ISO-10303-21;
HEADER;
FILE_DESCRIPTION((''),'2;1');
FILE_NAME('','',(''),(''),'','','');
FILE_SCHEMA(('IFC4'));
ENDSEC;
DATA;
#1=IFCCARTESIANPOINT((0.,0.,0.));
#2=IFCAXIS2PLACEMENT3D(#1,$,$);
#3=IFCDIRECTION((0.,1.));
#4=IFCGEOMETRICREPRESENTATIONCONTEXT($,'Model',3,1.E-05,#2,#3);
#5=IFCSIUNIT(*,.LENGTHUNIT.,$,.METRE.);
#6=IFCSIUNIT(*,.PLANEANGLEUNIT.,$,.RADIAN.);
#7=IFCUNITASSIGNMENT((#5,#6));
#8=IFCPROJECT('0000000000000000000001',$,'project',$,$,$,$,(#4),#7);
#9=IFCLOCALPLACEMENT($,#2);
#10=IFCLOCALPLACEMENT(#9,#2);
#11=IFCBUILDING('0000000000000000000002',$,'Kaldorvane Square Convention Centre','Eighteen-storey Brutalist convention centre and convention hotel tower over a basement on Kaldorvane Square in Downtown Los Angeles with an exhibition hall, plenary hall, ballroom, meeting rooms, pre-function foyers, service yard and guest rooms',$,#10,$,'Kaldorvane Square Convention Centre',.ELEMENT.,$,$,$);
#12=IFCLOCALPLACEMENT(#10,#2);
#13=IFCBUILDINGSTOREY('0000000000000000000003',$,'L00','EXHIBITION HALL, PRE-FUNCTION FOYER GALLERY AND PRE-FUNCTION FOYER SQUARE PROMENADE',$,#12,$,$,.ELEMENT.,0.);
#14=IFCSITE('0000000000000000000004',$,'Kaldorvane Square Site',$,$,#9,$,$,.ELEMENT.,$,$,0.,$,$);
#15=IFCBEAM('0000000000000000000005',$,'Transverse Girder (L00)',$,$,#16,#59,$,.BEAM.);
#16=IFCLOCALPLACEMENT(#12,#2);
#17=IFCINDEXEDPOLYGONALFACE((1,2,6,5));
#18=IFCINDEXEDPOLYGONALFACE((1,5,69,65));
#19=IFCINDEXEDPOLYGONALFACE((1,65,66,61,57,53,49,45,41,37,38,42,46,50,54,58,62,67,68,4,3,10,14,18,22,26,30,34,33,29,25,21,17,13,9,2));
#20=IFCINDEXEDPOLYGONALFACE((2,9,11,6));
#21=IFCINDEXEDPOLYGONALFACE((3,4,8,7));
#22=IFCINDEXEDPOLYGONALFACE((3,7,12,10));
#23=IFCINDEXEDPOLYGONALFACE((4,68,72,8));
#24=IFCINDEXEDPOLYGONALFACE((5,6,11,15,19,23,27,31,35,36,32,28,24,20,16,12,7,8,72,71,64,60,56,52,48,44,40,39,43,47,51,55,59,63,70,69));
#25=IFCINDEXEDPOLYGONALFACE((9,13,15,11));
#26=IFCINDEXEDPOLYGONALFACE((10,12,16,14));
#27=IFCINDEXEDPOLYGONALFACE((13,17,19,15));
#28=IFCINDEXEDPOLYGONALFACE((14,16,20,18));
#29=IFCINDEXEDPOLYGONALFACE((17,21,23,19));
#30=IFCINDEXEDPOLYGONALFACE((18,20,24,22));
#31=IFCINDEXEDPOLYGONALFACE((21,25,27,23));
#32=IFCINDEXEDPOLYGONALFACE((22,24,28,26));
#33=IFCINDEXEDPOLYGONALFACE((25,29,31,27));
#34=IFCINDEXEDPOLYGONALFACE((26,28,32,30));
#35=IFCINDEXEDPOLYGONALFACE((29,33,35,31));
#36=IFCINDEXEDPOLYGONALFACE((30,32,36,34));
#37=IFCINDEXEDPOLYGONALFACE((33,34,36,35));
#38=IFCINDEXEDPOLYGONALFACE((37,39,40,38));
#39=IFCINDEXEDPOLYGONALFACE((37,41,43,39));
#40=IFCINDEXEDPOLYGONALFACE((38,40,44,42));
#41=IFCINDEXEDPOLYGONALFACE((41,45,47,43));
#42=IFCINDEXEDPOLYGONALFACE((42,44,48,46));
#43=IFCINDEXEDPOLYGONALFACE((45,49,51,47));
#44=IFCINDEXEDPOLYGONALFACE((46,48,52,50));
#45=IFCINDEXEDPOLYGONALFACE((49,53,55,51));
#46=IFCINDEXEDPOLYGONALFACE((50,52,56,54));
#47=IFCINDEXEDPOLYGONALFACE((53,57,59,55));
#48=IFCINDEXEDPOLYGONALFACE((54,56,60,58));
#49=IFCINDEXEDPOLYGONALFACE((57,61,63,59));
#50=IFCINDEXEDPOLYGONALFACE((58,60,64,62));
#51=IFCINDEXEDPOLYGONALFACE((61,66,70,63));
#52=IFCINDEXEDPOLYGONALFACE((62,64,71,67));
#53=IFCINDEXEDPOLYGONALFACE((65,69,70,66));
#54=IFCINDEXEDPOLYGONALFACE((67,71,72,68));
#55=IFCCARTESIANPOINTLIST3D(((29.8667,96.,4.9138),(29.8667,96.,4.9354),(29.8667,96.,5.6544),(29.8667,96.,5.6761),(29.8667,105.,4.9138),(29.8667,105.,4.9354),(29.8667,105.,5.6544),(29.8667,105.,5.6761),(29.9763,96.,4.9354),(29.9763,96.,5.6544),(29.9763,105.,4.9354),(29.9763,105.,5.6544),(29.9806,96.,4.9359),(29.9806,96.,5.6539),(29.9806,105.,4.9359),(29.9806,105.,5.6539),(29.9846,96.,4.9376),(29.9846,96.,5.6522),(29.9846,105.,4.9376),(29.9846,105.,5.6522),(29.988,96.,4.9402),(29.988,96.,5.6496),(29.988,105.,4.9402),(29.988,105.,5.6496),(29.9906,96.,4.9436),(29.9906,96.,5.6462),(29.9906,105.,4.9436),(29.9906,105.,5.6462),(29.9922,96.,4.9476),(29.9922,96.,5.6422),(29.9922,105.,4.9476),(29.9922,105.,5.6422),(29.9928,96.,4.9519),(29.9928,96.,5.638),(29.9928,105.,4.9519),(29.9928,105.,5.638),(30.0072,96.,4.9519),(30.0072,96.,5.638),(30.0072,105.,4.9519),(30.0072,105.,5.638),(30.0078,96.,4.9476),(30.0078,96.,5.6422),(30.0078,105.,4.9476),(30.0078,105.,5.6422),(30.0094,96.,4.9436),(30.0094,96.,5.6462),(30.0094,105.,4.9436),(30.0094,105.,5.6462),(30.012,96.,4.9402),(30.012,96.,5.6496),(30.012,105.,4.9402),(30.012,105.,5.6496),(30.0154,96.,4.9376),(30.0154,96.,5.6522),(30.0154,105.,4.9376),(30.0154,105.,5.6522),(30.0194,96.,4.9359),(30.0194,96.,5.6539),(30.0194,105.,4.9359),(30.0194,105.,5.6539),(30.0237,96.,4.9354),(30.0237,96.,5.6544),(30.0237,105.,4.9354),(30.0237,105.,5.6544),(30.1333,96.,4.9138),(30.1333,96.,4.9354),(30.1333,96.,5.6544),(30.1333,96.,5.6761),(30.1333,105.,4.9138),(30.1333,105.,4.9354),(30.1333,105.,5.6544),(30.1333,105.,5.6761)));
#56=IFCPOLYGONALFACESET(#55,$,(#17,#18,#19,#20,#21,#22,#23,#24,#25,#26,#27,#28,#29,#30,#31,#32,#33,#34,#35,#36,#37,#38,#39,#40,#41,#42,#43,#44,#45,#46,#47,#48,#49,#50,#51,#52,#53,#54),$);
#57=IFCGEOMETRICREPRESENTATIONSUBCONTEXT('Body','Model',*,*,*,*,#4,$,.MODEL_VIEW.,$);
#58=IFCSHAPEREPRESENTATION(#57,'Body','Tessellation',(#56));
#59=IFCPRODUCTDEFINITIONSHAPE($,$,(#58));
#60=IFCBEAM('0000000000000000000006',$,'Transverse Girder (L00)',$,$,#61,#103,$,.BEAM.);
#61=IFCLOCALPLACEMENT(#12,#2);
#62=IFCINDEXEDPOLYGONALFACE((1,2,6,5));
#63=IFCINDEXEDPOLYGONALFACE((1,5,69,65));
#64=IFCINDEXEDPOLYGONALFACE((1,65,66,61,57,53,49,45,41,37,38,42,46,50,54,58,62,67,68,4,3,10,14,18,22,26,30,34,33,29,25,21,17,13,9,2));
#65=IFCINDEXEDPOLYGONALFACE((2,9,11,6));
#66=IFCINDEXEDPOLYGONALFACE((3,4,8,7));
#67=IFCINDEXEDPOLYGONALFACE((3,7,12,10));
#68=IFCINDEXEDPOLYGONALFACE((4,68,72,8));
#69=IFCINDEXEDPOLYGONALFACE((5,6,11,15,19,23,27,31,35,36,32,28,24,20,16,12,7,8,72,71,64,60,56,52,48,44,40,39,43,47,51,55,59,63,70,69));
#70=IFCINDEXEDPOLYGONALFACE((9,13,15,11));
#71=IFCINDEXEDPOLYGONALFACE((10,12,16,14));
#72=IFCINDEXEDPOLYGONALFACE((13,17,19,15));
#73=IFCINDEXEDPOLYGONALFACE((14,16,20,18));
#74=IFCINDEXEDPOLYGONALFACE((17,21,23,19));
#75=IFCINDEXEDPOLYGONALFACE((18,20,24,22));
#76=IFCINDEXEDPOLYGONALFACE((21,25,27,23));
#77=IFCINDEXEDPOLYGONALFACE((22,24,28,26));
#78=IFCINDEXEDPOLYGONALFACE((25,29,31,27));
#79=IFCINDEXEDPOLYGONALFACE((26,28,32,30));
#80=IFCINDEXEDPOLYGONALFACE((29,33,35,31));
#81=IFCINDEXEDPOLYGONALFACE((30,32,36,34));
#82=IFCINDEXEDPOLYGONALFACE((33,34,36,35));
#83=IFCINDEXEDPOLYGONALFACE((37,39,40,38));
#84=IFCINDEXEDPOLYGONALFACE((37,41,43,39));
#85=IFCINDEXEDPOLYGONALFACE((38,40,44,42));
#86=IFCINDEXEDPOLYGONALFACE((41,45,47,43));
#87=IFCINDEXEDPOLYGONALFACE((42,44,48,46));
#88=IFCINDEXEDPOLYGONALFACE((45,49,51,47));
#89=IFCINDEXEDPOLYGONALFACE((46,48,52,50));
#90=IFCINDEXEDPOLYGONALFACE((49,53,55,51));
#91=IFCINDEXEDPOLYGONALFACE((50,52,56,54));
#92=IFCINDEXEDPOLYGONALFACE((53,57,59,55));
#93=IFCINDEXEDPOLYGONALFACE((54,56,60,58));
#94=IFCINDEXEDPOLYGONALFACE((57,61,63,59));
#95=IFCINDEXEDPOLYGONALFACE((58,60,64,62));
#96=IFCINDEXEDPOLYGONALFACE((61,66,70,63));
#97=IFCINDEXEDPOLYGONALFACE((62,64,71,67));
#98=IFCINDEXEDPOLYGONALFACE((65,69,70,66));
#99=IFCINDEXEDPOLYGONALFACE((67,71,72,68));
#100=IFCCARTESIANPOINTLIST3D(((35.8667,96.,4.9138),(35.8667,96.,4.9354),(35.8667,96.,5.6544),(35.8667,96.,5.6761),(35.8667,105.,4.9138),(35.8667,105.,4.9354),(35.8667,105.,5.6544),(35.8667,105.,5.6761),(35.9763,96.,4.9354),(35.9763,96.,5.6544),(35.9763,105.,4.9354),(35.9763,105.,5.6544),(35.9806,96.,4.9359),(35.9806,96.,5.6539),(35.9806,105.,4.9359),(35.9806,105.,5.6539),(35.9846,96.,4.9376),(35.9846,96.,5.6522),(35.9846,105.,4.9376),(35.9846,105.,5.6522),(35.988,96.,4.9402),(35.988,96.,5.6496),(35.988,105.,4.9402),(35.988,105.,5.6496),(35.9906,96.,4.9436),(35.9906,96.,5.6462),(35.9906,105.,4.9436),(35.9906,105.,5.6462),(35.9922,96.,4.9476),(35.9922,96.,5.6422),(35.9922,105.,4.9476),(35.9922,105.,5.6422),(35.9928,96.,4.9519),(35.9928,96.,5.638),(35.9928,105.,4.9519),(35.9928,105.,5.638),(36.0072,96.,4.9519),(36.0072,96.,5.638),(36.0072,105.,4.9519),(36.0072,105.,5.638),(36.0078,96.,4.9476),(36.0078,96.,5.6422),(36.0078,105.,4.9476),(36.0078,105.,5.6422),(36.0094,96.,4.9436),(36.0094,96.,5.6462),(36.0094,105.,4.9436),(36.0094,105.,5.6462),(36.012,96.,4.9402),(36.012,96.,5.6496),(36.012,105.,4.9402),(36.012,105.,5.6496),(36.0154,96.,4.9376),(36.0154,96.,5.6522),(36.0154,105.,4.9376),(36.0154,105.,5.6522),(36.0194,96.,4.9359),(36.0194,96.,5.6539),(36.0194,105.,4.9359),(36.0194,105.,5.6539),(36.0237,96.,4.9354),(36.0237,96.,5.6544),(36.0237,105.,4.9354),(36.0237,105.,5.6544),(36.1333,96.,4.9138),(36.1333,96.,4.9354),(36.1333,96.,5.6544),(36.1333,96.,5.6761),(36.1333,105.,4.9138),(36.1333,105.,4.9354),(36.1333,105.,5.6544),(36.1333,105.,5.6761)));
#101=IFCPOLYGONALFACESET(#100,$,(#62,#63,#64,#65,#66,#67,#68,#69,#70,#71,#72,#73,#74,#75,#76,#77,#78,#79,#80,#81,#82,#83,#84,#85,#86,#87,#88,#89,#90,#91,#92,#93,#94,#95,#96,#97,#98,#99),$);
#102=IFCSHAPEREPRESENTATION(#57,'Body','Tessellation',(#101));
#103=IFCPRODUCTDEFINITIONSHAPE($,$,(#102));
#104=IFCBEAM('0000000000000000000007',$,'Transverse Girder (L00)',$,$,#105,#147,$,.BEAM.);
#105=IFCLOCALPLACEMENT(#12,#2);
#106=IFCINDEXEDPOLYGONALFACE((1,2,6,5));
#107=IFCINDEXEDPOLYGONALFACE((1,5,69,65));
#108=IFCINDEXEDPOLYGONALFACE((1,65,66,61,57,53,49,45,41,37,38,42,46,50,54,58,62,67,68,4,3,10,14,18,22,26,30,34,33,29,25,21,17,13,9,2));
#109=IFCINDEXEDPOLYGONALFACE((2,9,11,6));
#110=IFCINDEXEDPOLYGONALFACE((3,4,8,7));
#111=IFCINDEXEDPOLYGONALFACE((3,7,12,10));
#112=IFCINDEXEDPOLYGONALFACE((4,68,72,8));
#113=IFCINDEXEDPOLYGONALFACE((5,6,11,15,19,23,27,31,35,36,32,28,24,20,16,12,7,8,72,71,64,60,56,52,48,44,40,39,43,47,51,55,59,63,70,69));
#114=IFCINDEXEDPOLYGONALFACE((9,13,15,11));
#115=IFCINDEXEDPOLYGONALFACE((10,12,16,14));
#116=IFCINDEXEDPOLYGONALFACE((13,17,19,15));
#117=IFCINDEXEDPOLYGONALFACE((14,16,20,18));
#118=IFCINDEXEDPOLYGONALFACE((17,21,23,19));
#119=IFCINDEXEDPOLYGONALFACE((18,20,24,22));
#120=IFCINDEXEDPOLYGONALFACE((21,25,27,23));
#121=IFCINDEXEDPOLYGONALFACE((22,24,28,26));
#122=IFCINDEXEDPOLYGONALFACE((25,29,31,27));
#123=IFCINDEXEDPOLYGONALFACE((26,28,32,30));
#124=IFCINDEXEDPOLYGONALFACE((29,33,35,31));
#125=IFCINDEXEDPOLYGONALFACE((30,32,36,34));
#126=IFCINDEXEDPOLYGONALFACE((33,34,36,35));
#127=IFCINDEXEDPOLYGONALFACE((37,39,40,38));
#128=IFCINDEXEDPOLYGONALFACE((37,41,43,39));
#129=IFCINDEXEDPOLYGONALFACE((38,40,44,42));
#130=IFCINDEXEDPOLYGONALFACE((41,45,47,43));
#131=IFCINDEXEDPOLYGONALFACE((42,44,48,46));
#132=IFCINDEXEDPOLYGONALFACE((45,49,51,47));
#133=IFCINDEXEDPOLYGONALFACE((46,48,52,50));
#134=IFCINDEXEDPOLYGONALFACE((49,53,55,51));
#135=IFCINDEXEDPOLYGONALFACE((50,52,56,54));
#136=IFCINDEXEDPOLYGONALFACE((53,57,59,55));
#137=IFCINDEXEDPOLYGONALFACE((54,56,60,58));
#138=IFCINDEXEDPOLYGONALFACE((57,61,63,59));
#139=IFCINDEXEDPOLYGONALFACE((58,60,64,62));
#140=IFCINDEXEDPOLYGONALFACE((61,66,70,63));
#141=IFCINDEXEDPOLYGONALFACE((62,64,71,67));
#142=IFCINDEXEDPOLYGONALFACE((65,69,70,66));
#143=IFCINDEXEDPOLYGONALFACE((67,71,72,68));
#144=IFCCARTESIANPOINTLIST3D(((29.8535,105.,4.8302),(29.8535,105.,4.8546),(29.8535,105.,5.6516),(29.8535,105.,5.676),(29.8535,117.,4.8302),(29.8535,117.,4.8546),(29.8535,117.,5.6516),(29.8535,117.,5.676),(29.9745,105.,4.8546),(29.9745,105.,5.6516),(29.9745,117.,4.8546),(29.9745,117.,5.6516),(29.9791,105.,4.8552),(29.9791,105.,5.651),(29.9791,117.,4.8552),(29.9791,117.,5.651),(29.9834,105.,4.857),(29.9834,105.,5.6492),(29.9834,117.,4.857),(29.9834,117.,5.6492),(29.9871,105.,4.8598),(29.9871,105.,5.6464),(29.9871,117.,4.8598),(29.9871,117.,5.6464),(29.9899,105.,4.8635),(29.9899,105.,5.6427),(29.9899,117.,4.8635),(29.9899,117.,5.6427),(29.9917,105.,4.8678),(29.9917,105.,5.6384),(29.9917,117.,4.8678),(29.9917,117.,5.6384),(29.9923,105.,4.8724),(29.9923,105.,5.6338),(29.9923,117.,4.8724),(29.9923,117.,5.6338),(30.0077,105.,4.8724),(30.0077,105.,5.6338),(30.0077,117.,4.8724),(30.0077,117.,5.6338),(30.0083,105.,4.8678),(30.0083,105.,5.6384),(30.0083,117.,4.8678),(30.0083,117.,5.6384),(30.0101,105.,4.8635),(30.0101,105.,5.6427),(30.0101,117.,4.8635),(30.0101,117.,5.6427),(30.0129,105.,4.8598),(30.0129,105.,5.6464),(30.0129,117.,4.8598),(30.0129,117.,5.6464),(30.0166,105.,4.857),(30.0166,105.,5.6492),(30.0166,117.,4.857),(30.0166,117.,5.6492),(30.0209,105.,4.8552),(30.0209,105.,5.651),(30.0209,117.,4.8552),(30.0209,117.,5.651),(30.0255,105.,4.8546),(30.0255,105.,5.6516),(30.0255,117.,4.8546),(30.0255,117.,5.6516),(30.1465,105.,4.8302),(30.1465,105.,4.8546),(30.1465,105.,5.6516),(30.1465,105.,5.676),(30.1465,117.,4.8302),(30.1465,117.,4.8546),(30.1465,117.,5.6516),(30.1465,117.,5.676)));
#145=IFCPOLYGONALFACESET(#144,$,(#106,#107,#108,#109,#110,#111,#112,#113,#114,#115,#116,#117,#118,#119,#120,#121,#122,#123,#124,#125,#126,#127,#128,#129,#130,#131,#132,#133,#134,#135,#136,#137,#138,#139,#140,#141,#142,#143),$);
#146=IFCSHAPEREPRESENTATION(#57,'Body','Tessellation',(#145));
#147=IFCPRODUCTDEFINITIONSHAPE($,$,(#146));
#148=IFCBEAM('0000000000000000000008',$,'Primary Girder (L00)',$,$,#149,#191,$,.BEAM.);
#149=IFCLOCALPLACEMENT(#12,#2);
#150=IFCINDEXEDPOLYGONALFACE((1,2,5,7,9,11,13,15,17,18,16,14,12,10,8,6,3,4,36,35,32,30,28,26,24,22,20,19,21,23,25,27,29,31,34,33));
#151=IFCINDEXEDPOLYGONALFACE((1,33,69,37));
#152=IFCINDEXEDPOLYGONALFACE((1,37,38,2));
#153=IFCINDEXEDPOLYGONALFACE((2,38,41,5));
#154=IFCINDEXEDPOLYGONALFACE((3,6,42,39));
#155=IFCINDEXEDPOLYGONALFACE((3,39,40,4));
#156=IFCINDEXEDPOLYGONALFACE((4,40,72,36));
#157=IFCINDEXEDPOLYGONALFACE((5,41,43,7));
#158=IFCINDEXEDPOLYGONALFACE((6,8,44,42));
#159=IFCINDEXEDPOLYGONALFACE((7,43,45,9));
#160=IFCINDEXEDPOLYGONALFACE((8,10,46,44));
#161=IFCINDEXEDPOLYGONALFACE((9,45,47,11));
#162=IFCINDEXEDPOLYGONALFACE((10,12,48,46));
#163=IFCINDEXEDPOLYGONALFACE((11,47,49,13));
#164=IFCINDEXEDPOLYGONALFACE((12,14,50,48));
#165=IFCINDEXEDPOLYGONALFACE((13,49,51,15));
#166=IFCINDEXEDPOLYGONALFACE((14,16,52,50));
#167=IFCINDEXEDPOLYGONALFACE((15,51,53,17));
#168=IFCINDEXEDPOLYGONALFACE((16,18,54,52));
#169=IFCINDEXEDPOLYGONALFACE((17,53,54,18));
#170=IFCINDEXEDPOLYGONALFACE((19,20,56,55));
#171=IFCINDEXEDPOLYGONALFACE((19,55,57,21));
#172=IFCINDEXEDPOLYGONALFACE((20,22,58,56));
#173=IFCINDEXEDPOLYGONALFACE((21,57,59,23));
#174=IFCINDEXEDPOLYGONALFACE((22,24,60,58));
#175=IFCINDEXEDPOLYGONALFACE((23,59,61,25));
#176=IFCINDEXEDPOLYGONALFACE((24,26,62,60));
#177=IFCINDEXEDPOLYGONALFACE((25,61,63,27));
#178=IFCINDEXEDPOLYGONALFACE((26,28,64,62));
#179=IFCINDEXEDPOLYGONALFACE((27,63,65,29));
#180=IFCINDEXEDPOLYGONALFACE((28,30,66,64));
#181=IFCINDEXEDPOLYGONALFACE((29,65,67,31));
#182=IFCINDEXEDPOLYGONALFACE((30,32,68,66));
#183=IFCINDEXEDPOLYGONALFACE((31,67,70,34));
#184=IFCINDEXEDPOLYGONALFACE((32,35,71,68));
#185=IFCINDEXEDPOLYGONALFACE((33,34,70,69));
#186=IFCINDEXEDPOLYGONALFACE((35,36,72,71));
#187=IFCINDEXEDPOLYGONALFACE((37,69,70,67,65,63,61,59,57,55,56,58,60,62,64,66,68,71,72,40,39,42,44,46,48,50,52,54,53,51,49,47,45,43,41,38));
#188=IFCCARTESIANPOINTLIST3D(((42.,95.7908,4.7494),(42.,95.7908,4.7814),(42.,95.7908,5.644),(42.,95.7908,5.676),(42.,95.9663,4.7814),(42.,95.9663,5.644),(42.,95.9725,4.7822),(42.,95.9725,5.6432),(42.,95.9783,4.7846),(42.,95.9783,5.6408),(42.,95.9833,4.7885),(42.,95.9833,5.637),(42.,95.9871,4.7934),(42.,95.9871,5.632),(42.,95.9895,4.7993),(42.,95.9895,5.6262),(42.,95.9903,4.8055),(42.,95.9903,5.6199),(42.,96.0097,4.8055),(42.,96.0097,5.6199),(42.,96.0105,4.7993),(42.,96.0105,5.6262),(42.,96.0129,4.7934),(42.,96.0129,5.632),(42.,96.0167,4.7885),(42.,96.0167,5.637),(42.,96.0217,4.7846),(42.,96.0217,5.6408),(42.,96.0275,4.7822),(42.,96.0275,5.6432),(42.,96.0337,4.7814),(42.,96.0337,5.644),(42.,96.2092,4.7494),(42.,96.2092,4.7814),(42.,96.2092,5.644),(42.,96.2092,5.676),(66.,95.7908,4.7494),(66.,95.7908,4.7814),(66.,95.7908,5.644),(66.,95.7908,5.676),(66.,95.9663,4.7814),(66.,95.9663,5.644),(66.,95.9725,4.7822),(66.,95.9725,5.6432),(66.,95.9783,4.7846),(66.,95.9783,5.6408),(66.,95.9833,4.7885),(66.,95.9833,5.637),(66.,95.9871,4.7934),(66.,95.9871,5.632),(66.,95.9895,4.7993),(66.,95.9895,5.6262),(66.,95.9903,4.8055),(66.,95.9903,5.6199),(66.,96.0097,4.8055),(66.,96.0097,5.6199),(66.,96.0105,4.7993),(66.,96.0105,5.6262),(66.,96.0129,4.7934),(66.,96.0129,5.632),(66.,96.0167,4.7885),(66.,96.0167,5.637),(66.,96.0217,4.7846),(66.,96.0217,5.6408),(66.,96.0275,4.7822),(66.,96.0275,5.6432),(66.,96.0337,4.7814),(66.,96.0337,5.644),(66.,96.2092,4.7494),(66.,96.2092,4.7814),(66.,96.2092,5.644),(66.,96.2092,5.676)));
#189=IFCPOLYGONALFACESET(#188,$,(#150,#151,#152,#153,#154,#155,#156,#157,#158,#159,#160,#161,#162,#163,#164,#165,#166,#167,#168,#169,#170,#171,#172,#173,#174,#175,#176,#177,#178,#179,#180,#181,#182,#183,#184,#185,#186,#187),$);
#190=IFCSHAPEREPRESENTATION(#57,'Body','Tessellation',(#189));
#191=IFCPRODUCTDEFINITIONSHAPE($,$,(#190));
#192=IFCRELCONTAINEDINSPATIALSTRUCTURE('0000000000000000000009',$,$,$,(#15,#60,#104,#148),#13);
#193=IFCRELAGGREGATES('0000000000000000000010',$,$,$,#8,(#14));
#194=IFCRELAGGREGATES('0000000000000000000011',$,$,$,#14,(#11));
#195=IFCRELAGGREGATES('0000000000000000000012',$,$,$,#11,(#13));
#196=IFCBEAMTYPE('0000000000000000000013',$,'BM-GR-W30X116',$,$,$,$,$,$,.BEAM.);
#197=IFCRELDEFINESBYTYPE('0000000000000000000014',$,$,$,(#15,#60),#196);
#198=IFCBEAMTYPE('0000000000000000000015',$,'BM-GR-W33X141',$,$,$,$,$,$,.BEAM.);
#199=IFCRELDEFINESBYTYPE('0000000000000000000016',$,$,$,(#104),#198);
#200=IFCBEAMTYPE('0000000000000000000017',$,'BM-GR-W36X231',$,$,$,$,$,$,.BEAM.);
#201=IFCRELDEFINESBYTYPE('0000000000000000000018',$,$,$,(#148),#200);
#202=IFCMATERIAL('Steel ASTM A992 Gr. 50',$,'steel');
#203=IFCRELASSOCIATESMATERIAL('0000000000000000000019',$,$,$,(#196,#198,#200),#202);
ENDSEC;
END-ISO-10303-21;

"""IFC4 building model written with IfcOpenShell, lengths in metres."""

from ifc_helpers import new_model, si_unit, direction, frame, origin, origin_2d, place, context, subcontext, project, spatial, i_section, extrude, material, material_profile, profile_set, type_object, element, save


model = new_model("IFC4")

# Units and contexts
model_context = context("Model", 3, precision=1e-05, world=origin(), true_north=direction((0.0, 1.0)))
body_context = subcontext(model_context, "Body", "Model", "MODEL_VIEW")
ifc_project = project(units=[si_unit("LENGTHUNIT", "METRE"), si_unit("PLANEANGLEUNIT", "RADIAN")], contexts=[model_context])

# Site, building, storey
site_placement = place(None, origin())
site = spatial("IfcSite", under=ifc_project, at=site_placement, Name="Kaldorvane Square Site", CompositionType="ELEMENT", RefElevation=0.0)
building_placement = place(site_placement, origin())
building = spatial("IfcBuilding", under=site, at=building_placement, Name="Kaldorvane Square Convention Centre", Description="Eighteen-storey Brutalist convention centre and convention hotel tower over a basement on Kaldorvane Square in Downtown Los Angeles with an exhibition hall, plenary hall, ballroom, meeting rooms, pre-function foyers, service yard and guest rooms", LongName="Kaldorvane Square Convention Centre", CompositionType="ELEMENT")
storey_placement = place(building_placement, origin())
storey = spatial("IfcBuildingStorey", under=building, at=storey_placement, Name="L00", Description="EXHIBITION HALL, PRE-FUNCTION FOYER GALLERY AND PRE-FUNCTION FOYER SQUARE PROMENADE", CompositionType="ELEMENT", Elevation=0.0)

# Shared definitions
ifc_material_1 = material(Name="Steel ASTM A992 Gr. 50", Category="steel")

# Beams
ifc_material_profile_1 = material_profile(ifc_material_1, i_section(OverallWidth=0.2666, OverallDepth=0.7623, WebThickness=0.0144, FlangeThickness=0.0216, FilletRadius=0.0165, at=origin_2d()), Name="W30X116")
ifc_profile_set_1 = profile_set([ifc_material_profile_1], Name="Steel ASTM A992 Gr. 50")
beam_type_1 = type_object("IfcBeamType", Name="BM-GR-W30X116", PredefinedType="BEAM", material=ifc_profile_set_1)
for number, where, z_axis, x_axis, name in (
    (1, (30.0, 96.0, 5.2949), (0.0, 1.0, 0.0), (-1.0, 0.0, 0.0), "Transverse Girder (L00)"),
    (2, (36.0, 96.0, 5.2949), (0.0, 1.0, 0.0), (-1.0, 0.0, 0.0), "Transverse Girder (L00)"),
):
    element("IfcBeam", number, at=place(storey_placement, frame(where, z_axis=z_axis, x_axis=x_axis)), inside=storey, type_object=beam_type_1, Name=name, PredefinedType="BEAM", context=body_context, shape_type="SweptSolid", body=[
        extrude(i_section(OverallWidth=0.2666, OverallDepth=0.7623, WebThickness=0.0144, FlangeThickness=0.0216, FilletRadius=0.0165, at=origin_2d()), origin(), (0.0, 0.0, 1.0), 9.0),
    ])
ifc_material_profile_2 = material_profile(ifc_material_1, i_section(OverallWidth=0.293, OverallDepth=0.8458, WebThickness=0.0154, FlangeThickness=0.0244, FilletRadius=0.0178, at=origin_2d()), Name="W33X141")
ifc_profile_set_2 = profile_set([ifc_material_profile_2], Name="Steel ASTM A992 Gr. 50")
beam_type_2 = type_object("IfcBeamType", Name="BM-GR-W33X141", PredefinedType="BEAM", material=ifc_profile_set_2)
beam_1_placement = place(storey_placement, frame((30.0, 105.0, 5.2531), z_axis=(0.0, 1.0, 0.0), x_axis=(-1.0, 0.0, 0.0)))
element("IfcBeam", 3, at=beam_1_placement, inside=storey, type_object=beam_type_2, Name="Transverse Girder (L00)", PredefinedType="BEAM", context=body_context, shape_type="SweptSolid", body=[
    extrude(i_section(OverallWidth=0.293, OverallDepth=0.8458, WebThickness=0.0154, FlangeThickness=0.0244, FilletRadius=0.0178, at=origin_2d()), origin(), (0.0, 0.0, 1.0), 12.0),
])
ifc_material_profile_3 = material_profile(ifc_material_1, i_section(OverallWidth=0.4183, OverallDepth=0.9266, WebThickness=0.0193, FlangeThickness=0.032, FilletRadius=0.0241, at=origin_2d()), Name="W36X231")
ifc_profile_set_3 = profile_set([ifc_material_profile_3], Name="Steel ASTM A992 Gr. 50")
beam_type_3 = type_object("IfcBeamType", Name="BM-GR-W36X231", PredefinedType="BEAM", material=ifc_profile_set_3)
beam_2_placement = place(storey_placement, frame((42.0, 96.0, 5.2127), z_axis=(1.0, 0.0, 0.0), x_axis=(0.0, 1.0, 0.0)))
element("IfcBeam", 4, at=beam_2_placement, inside=storey, type_object=beam_type_3, Name="Primary Girder (L00)", PredefinedType="BEAM", context=body_context, shape_type="SweptSolid", body=[
    extrude(i_section(OverallWidth=0.4183, OverallDepth=0.9266, WebThickness=0.0193, FlangeThickness=0.032, FilletRadius=0.0241, at=origin_2d()), origin(), (0.0, 0.0, 1.0), 24.0),
])

save(model, "model.ifc")
